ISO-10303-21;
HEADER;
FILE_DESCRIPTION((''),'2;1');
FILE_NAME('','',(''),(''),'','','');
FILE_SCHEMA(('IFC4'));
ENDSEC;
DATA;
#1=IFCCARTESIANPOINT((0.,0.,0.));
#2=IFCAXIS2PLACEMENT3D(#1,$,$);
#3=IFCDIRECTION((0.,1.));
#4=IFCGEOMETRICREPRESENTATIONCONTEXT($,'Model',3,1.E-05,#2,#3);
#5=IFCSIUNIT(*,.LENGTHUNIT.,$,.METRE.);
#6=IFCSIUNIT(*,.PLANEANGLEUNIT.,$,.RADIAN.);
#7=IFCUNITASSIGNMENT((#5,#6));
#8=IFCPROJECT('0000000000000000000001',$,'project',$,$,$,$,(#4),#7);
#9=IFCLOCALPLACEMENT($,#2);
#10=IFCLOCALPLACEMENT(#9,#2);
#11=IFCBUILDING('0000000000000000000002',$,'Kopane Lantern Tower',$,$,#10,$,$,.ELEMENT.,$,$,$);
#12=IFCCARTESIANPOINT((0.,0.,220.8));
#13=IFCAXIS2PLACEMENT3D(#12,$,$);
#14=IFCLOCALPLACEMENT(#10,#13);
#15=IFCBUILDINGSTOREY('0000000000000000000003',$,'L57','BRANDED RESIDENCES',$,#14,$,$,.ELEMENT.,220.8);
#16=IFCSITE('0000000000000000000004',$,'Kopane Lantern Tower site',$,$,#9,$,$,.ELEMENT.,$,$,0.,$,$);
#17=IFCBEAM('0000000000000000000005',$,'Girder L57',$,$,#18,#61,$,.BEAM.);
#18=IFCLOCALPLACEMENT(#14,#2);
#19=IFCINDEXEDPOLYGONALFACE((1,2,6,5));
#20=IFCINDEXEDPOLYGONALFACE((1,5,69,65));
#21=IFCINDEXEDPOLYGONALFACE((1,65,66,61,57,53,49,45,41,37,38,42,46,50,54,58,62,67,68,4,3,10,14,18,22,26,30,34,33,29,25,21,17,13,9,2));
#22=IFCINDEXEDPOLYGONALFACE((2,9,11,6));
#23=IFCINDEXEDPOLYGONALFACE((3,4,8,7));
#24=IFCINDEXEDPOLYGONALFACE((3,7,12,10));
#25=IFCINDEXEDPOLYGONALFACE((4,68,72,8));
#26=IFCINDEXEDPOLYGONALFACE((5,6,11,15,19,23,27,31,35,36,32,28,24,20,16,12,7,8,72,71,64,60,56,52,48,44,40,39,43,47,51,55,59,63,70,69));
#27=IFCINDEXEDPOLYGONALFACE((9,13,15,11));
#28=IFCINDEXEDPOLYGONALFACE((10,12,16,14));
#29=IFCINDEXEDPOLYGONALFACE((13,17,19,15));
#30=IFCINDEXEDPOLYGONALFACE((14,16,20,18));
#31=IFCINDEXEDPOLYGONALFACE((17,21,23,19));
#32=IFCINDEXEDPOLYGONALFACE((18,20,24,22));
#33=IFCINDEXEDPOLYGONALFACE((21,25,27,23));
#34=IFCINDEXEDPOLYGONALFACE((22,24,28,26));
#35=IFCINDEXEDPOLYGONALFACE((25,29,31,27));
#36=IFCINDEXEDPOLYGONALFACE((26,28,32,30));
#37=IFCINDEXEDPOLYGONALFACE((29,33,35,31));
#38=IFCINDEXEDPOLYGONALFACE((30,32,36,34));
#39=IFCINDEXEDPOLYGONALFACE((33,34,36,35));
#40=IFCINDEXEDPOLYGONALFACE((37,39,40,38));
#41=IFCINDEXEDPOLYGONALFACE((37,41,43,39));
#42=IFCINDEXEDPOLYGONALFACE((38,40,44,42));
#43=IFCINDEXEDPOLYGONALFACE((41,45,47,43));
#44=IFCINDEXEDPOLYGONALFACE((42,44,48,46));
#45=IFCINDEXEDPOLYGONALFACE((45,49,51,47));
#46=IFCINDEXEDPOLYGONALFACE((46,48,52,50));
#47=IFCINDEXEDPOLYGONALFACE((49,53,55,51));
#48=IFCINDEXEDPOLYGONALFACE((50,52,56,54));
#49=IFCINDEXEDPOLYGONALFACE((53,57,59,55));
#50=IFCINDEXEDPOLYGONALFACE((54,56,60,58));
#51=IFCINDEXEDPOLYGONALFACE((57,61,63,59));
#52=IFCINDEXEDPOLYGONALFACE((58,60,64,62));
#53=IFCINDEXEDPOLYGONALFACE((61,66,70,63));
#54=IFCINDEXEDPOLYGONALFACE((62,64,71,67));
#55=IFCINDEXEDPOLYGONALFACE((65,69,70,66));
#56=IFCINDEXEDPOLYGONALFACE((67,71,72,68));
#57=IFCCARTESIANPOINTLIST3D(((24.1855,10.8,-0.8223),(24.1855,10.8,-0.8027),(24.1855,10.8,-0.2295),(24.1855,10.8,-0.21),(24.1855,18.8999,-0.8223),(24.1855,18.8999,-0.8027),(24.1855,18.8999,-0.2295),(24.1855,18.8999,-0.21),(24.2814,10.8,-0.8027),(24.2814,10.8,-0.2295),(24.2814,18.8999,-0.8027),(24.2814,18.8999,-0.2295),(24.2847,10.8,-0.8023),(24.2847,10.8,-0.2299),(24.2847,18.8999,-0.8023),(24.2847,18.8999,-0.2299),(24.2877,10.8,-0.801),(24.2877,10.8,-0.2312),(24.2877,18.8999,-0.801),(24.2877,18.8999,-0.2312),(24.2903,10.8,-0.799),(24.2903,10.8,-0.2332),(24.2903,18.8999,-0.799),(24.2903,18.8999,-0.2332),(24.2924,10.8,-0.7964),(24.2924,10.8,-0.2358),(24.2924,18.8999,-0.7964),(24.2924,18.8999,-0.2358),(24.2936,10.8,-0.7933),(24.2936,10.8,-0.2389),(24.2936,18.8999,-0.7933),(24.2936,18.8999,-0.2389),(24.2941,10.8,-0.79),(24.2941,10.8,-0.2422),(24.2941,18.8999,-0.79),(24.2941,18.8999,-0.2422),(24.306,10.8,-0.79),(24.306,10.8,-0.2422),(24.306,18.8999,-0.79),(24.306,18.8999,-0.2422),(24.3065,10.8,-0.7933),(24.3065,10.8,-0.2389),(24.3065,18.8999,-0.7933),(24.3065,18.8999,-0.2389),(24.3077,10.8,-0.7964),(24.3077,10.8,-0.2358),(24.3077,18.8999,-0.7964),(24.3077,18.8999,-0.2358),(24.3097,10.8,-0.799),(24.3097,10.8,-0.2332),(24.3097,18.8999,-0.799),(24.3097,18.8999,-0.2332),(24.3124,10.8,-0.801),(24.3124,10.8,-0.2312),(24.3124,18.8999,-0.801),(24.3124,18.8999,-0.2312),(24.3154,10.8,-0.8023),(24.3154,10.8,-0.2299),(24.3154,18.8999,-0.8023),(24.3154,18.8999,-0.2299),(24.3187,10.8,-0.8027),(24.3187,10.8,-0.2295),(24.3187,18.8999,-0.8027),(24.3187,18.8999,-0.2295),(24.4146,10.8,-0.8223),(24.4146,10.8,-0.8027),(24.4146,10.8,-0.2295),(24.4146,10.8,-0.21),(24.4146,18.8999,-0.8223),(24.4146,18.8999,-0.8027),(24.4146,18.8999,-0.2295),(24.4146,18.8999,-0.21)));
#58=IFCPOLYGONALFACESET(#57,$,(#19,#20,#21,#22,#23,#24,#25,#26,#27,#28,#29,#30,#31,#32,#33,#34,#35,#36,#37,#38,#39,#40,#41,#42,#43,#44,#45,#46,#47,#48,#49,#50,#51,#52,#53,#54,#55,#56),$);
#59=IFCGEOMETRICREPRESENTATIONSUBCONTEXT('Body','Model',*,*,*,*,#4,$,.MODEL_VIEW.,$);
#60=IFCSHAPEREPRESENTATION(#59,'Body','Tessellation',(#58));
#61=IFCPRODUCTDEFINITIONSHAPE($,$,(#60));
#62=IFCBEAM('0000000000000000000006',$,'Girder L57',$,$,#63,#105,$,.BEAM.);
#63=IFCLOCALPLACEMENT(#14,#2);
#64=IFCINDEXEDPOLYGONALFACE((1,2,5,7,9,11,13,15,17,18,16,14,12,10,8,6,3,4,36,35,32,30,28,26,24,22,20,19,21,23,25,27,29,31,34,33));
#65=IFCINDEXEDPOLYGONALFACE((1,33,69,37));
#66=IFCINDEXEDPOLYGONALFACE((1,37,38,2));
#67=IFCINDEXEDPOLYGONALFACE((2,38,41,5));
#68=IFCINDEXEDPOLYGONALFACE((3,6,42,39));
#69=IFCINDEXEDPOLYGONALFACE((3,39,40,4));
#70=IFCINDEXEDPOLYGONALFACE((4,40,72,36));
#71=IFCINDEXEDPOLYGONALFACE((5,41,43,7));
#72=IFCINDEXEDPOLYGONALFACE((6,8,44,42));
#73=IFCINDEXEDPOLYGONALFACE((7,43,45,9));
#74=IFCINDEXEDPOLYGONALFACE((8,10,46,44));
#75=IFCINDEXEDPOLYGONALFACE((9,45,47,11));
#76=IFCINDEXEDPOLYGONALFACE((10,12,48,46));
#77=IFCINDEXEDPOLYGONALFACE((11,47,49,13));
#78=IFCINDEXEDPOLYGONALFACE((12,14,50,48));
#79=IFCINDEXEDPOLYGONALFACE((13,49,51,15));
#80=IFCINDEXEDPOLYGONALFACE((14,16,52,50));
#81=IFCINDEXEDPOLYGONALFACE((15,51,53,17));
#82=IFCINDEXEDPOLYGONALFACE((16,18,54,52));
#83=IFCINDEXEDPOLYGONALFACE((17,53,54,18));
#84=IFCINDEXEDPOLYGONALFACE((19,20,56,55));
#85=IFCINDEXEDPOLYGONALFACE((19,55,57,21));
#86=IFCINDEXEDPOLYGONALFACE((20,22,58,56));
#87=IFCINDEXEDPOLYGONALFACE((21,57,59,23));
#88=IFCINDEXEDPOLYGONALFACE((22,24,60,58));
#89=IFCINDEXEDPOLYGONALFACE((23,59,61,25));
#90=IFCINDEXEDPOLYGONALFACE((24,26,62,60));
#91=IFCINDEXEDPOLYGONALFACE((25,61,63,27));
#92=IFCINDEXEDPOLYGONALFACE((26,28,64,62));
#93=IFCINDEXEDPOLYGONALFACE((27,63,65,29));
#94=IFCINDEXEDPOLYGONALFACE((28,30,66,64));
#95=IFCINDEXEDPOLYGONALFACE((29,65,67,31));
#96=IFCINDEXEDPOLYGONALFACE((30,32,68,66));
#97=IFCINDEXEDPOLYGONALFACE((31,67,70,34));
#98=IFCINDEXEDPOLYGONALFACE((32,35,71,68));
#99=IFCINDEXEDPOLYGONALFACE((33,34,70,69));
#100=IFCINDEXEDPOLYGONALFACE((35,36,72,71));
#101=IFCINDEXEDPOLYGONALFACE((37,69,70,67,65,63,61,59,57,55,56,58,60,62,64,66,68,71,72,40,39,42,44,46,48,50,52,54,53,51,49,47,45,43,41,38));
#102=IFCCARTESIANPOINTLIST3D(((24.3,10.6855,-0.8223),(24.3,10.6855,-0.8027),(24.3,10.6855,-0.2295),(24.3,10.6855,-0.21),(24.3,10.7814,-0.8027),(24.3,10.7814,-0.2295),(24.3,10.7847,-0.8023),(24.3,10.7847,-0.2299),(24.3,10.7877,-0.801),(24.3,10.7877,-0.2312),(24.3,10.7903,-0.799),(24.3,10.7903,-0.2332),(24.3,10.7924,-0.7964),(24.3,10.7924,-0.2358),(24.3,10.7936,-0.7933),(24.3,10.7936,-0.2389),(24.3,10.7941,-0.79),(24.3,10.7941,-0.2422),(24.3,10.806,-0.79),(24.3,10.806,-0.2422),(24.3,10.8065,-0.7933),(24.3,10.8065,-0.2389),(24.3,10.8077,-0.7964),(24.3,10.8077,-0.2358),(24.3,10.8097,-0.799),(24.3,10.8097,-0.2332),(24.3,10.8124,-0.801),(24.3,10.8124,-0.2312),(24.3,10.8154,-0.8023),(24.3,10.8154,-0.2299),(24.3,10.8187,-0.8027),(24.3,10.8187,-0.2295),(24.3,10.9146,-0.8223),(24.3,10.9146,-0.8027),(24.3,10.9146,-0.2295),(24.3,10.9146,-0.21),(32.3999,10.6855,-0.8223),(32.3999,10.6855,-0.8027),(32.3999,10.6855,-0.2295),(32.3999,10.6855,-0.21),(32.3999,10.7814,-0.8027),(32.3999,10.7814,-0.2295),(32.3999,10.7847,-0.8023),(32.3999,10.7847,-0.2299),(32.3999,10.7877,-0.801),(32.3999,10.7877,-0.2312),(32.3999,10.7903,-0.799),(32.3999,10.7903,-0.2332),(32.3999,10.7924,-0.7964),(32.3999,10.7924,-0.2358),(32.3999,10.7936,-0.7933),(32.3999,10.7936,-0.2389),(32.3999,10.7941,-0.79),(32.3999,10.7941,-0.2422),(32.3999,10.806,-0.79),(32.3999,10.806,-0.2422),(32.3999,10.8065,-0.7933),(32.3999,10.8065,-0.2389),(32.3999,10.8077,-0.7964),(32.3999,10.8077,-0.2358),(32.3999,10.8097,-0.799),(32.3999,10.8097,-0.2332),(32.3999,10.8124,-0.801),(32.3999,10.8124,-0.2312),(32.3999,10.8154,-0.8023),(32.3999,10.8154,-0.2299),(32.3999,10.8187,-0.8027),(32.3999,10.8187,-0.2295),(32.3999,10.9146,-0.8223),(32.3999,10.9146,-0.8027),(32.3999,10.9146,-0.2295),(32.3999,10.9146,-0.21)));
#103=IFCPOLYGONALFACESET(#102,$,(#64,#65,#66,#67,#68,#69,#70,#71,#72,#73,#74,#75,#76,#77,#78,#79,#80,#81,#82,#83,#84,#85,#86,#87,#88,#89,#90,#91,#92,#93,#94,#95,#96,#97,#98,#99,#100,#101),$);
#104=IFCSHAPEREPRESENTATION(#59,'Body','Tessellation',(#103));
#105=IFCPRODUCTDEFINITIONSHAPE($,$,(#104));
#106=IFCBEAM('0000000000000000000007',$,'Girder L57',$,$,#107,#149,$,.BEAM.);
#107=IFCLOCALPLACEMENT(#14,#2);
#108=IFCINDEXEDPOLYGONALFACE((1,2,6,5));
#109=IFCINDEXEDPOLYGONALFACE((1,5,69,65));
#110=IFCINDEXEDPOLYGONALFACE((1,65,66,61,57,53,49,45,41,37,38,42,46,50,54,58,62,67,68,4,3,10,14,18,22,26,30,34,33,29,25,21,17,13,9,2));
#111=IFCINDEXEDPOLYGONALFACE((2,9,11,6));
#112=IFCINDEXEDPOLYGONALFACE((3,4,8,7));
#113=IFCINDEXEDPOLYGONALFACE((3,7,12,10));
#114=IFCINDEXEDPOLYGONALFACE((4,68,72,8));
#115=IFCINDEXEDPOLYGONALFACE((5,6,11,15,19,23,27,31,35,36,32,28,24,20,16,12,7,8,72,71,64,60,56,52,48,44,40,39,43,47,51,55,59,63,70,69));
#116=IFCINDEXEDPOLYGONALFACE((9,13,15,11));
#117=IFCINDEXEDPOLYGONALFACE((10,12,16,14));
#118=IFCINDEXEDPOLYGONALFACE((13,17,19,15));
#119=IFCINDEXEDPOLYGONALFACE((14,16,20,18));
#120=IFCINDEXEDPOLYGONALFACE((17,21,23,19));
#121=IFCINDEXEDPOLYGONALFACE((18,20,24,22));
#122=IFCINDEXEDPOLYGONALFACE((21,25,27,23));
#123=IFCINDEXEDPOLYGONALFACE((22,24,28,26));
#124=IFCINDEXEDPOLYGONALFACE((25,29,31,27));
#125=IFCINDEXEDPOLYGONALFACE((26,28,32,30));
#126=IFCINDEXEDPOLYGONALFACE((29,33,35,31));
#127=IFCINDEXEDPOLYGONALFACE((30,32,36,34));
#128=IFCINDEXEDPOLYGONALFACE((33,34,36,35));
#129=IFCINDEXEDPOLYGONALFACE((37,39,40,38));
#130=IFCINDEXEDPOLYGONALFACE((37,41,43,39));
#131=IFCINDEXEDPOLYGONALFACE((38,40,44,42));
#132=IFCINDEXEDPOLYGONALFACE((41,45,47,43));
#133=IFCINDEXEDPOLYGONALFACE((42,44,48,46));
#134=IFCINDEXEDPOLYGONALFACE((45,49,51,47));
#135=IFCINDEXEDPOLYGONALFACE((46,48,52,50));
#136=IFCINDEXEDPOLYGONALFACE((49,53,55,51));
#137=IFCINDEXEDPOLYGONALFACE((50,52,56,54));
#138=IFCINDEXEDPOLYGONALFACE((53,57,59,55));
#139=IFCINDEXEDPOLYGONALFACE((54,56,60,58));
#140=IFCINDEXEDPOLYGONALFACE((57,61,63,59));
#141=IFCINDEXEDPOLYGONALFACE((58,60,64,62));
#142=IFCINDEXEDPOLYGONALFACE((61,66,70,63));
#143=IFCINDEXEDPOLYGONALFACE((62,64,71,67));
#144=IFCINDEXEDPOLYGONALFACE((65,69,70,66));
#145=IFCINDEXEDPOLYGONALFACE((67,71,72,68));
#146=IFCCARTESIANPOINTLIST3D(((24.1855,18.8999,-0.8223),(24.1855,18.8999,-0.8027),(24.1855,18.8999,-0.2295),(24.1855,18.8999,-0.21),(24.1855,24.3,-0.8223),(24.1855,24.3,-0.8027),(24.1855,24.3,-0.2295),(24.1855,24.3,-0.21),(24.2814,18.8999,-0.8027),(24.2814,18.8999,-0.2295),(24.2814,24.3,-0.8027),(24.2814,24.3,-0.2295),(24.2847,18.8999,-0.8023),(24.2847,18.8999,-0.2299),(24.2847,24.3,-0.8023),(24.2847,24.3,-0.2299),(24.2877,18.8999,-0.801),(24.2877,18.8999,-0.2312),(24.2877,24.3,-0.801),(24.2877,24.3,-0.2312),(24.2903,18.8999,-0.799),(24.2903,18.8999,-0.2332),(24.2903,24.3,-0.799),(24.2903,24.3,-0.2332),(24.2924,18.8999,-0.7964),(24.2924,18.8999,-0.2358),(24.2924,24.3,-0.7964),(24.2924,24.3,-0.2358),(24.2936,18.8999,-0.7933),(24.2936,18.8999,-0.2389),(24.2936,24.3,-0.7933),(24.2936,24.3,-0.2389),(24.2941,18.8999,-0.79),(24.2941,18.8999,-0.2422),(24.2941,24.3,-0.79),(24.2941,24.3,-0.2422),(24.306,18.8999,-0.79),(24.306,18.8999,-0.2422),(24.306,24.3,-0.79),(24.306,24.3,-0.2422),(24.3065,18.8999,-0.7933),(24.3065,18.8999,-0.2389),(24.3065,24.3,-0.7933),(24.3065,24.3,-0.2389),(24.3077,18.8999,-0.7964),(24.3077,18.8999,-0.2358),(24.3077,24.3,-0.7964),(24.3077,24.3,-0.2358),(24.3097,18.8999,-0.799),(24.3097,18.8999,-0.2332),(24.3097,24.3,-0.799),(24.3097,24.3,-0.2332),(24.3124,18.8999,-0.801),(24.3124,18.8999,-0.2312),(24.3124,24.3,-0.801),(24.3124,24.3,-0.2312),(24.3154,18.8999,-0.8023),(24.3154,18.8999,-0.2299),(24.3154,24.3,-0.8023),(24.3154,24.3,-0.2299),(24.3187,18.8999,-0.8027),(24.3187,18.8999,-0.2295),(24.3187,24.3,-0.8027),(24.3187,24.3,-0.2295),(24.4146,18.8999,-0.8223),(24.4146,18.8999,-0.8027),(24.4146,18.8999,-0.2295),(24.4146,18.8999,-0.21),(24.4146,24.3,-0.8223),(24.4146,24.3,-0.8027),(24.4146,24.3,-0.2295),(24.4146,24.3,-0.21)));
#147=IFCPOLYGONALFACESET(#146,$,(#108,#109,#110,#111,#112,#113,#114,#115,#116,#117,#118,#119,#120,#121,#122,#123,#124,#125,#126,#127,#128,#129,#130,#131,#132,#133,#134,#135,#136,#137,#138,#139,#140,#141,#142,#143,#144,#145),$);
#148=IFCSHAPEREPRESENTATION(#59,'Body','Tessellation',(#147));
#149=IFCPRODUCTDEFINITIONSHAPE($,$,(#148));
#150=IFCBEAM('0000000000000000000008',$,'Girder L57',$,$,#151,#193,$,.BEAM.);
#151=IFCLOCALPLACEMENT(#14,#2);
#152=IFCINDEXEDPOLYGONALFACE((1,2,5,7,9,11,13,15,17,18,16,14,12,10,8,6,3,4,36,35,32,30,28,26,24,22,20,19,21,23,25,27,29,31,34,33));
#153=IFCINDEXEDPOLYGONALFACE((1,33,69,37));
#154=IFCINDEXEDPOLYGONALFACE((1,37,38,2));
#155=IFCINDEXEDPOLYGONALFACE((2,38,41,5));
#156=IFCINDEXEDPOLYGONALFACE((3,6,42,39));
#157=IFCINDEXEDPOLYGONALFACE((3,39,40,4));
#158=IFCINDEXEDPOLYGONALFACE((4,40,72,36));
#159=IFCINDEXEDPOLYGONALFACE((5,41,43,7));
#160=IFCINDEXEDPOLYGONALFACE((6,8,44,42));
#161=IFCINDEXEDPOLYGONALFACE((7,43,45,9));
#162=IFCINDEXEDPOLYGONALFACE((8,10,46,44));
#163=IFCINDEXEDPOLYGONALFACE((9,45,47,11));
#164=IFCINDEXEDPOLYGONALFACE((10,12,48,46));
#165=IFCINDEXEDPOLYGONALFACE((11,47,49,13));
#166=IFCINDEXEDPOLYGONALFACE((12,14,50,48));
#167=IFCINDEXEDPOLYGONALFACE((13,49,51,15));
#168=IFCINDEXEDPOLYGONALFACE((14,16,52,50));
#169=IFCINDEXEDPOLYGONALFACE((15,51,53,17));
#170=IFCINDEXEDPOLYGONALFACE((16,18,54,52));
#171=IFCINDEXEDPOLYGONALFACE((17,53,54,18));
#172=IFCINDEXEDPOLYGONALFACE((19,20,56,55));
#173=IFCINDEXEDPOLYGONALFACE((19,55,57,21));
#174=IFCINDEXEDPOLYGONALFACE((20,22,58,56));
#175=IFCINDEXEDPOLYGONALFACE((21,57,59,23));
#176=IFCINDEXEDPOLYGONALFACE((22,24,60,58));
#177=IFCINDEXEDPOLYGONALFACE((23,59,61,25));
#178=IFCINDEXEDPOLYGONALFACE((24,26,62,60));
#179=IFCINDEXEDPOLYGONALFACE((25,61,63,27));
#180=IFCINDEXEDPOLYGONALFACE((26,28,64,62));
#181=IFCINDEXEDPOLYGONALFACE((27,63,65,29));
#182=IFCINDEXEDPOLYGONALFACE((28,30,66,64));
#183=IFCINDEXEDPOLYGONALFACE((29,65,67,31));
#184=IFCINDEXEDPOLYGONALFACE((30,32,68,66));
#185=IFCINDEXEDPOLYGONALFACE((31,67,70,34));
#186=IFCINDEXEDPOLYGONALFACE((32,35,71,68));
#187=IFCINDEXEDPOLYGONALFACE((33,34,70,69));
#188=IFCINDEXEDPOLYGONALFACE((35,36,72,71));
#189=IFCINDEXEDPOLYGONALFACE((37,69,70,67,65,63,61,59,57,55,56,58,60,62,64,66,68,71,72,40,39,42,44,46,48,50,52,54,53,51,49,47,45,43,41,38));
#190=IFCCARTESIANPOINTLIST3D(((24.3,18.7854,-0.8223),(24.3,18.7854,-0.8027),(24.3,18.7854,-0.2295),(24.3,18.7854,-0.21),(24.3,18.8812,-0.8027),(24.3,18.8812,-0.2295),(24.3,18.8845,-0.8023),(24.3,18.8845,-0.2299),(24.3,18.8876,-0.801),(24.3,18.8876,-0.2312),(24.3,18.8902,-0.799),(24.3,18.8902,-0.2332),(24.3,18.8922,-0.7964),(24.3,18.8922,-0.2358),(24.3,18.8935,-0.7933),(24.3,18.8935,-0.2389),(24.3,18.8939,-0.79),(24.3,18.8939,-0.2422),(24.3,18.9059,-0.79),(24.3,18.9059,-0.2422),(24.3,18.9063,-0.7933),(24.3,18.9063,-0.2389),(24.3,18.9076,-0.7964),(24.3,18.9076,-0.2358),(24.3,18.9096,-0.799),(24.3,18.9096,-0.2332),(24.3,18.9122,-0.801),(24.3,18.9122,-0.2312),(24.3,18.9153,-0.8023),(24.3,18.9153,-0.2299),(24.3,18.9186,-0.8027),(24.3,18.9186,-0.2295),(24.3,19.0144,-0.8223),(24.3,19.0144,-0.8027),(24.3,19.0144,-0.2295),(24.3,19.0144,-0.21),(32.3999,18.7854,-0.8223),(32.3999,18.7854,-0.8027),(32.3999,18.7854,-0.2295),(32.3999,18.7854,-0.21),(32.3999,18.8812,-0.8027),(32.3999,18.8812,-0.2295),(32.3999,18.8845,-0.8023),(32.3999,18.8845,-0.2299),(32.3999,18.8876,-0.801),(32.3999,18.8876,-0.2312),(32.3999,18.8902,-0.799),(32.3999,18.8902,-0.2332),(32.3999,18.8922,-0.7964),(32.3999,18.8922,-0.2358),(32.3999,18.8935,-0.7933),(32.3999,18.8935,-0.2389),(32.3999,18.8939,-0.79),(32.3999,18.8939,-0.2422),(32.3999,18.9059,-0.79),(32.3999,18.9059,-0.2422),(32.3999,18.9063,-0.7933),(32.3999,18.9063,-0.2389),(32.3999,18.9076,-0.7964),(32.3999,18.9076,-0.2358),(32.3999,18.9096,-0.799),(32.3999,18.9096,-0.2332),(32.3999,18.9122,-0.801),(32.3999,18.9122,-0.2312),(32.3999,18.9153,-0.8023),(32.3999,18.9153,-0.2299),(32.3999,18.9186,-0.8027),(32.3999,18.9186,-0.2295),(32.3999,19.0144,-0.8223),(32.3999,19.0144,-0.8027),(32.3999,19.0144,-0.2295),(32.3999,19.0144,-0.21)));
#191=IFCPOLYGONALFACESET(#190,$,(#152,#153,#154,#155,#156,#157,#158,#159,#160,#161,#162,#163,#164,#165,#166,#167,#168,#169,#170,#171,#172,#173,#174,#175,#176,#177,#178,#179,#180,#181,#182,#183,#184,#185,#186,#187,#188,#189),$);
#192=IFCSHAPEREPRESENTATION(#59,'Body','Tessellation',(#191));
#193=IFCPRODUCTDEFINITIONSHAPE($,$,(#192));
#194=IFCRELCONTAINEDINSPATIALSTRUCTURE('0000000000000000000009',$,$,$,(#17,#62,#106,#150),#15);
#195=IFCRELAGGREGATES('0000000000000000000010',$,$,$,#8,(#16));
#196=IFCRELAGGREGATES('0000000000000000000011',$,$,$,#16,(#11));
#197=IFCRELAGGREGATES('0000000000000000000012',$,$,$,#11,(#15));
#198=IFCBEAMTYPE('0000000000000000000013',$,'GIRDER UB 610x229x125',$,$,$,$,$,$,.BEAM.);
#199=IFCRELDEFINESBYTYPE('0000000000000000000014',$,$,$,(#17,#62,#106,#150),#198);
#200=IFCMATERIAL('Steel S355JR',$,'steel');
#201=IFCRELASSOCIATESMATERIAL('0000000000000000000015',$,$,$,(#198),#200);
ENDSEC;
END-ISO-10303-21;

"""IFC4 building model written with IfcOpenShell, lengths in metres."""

from ifc_helpers import new_model, si_unit, direction, frame, origin, origin_2d, place, context, subcontext, project, spatial, i_section, extrude, material, material_profile, profile_set, type_object, element, save


model = new_model("IFC4")

# Units and contexts
model_context = context("Model", 3, precision=1e-05, world=origin(), true_north=direction((0.0, 1.0)))
body_context = subcontext(model_context, "Body", "Model", "MODEL_VIEW")
ifc_project = project(units=[si_unit("LENGTHUNIT", "METRE"), si_unit("PLANEANGLEUNIT", "RADIAN")], contexts=[model_context])

# Site, building, storey
site_placement = place(None, origin())
site = spatial("IfcSite", under=ifc_project, at=site_placement, Name="Kopane Lantern Tower site", CompositionType="ELEMENT", RefElevation=0.0)
building_placement = place(site_placement, origin())
building = spatial("IfcBuilding", under=site, at=building_placement, Name="Kopane Lantern Tower", CompositionType="ELEMENT")
storey_placement = place(building_placement, frame((0.0, 0.0, 220.8)))
storey = spatial("IfcBuildingStorey", under=building, at=storey_placement, Name="L57", Description="BRANDED RESIDENCES", CompositionType="ELEMENT", Elevation=220.8)

# Beams
ifc_material_1 = material(Name="Steel S355JR", Category="steel")
ifc_material_profile_1 = material_profile(ifc_material_1, i_section(OverallWidth=0.229, OverallDepth=0.6123, WebThickness=0.012, FlangeThickness=0.0195, FilletRadius=0.0127, at=origin_2d()), Name="UB 610x229x125")
ifc_profile_set_1 = profile_set([ifc_material_profile_1], Name="Steel S355JR")
beam_type = type_object("IfcBeamType", Name="GIRDER UB 610x229x125", PredefinedType="BEAM", material=ifc_profile_set_1)
for number, where, z_axis, x_axis, name in (
    (1, (24.3, 10.8, -0.5161), (0.0, 1.0, 0.0), (-1.0, 0.0, 0.0), "Girder L57"),
    (2, (24.3, 10.8, -0.5161), (1.0, 0.0, 0.0), (0.0, 1.0, 0.0), "Girder L57"),
):
    element("IfcBeam", number, at=place(storey_placement, frame(where, z_axis=z_axis, x_axis=x_axis)), inside=storey, type_object=beam_type, Name=name, PredefinedType="BEAM", context=body_context, shape_type="SweptSolid", body=[
        extrude(i_section(OverallWidth=0.229, OverallDepth=0.6123, WebThickness=0.012, FlangeThickness=0.0195, FilletRadius=0.0127, at=origin_2d()), origin(), (0.0, 0.0, 1.0), 8.0999),
    ])
beam_1_placement = place(storey_placement, frame((24.3, 18.8999, -0.5161), z_axis=(0.0, 1.0, 0.0), x_axis=(-1.0, 0.0, 0.0)))
element("IfcBeam", 3, at=beam_1_placement, inside=storey, type_object=beam_type, Name="Girder L57", PredefinedType="BEAM", context=body_context, shape_type="SweptSolid", body=[
    extrude(i_section(OverallWidth=0.229, OverallDepth=0.6123, WebThickness=0.012, FlangeThickness=0.0195, FilletRadius=0.0127, at=origin_2d()), origin(), (0.0, 0.0, 1.0), 5.4001),
])
beam_2_placement = place(storey_placement, frame((24.3, 18.8999, -0.5161), z_axis=(1.0, 0.0, 0.0), x_axis=(0.0, 1.0, 0.0)))
element("IfcBeam", 4, at=beam_2_placement, inside=storey, type_object=beam_type, Name="Girder L57", PredefinedType="BEAM", context=body_context, shape_type="SweptSolid", body=[
    extrude(i_section(OverallWidth=0.229, OverallDepth=0.6123, WebThickness=0.012, FlangeThickness=0.0195, FilletRadius=0.0127, at=origin_2d()), origin(), (0.0, 0.0, 1.0), 8.0999),
])

save(model, "model.ifc")
